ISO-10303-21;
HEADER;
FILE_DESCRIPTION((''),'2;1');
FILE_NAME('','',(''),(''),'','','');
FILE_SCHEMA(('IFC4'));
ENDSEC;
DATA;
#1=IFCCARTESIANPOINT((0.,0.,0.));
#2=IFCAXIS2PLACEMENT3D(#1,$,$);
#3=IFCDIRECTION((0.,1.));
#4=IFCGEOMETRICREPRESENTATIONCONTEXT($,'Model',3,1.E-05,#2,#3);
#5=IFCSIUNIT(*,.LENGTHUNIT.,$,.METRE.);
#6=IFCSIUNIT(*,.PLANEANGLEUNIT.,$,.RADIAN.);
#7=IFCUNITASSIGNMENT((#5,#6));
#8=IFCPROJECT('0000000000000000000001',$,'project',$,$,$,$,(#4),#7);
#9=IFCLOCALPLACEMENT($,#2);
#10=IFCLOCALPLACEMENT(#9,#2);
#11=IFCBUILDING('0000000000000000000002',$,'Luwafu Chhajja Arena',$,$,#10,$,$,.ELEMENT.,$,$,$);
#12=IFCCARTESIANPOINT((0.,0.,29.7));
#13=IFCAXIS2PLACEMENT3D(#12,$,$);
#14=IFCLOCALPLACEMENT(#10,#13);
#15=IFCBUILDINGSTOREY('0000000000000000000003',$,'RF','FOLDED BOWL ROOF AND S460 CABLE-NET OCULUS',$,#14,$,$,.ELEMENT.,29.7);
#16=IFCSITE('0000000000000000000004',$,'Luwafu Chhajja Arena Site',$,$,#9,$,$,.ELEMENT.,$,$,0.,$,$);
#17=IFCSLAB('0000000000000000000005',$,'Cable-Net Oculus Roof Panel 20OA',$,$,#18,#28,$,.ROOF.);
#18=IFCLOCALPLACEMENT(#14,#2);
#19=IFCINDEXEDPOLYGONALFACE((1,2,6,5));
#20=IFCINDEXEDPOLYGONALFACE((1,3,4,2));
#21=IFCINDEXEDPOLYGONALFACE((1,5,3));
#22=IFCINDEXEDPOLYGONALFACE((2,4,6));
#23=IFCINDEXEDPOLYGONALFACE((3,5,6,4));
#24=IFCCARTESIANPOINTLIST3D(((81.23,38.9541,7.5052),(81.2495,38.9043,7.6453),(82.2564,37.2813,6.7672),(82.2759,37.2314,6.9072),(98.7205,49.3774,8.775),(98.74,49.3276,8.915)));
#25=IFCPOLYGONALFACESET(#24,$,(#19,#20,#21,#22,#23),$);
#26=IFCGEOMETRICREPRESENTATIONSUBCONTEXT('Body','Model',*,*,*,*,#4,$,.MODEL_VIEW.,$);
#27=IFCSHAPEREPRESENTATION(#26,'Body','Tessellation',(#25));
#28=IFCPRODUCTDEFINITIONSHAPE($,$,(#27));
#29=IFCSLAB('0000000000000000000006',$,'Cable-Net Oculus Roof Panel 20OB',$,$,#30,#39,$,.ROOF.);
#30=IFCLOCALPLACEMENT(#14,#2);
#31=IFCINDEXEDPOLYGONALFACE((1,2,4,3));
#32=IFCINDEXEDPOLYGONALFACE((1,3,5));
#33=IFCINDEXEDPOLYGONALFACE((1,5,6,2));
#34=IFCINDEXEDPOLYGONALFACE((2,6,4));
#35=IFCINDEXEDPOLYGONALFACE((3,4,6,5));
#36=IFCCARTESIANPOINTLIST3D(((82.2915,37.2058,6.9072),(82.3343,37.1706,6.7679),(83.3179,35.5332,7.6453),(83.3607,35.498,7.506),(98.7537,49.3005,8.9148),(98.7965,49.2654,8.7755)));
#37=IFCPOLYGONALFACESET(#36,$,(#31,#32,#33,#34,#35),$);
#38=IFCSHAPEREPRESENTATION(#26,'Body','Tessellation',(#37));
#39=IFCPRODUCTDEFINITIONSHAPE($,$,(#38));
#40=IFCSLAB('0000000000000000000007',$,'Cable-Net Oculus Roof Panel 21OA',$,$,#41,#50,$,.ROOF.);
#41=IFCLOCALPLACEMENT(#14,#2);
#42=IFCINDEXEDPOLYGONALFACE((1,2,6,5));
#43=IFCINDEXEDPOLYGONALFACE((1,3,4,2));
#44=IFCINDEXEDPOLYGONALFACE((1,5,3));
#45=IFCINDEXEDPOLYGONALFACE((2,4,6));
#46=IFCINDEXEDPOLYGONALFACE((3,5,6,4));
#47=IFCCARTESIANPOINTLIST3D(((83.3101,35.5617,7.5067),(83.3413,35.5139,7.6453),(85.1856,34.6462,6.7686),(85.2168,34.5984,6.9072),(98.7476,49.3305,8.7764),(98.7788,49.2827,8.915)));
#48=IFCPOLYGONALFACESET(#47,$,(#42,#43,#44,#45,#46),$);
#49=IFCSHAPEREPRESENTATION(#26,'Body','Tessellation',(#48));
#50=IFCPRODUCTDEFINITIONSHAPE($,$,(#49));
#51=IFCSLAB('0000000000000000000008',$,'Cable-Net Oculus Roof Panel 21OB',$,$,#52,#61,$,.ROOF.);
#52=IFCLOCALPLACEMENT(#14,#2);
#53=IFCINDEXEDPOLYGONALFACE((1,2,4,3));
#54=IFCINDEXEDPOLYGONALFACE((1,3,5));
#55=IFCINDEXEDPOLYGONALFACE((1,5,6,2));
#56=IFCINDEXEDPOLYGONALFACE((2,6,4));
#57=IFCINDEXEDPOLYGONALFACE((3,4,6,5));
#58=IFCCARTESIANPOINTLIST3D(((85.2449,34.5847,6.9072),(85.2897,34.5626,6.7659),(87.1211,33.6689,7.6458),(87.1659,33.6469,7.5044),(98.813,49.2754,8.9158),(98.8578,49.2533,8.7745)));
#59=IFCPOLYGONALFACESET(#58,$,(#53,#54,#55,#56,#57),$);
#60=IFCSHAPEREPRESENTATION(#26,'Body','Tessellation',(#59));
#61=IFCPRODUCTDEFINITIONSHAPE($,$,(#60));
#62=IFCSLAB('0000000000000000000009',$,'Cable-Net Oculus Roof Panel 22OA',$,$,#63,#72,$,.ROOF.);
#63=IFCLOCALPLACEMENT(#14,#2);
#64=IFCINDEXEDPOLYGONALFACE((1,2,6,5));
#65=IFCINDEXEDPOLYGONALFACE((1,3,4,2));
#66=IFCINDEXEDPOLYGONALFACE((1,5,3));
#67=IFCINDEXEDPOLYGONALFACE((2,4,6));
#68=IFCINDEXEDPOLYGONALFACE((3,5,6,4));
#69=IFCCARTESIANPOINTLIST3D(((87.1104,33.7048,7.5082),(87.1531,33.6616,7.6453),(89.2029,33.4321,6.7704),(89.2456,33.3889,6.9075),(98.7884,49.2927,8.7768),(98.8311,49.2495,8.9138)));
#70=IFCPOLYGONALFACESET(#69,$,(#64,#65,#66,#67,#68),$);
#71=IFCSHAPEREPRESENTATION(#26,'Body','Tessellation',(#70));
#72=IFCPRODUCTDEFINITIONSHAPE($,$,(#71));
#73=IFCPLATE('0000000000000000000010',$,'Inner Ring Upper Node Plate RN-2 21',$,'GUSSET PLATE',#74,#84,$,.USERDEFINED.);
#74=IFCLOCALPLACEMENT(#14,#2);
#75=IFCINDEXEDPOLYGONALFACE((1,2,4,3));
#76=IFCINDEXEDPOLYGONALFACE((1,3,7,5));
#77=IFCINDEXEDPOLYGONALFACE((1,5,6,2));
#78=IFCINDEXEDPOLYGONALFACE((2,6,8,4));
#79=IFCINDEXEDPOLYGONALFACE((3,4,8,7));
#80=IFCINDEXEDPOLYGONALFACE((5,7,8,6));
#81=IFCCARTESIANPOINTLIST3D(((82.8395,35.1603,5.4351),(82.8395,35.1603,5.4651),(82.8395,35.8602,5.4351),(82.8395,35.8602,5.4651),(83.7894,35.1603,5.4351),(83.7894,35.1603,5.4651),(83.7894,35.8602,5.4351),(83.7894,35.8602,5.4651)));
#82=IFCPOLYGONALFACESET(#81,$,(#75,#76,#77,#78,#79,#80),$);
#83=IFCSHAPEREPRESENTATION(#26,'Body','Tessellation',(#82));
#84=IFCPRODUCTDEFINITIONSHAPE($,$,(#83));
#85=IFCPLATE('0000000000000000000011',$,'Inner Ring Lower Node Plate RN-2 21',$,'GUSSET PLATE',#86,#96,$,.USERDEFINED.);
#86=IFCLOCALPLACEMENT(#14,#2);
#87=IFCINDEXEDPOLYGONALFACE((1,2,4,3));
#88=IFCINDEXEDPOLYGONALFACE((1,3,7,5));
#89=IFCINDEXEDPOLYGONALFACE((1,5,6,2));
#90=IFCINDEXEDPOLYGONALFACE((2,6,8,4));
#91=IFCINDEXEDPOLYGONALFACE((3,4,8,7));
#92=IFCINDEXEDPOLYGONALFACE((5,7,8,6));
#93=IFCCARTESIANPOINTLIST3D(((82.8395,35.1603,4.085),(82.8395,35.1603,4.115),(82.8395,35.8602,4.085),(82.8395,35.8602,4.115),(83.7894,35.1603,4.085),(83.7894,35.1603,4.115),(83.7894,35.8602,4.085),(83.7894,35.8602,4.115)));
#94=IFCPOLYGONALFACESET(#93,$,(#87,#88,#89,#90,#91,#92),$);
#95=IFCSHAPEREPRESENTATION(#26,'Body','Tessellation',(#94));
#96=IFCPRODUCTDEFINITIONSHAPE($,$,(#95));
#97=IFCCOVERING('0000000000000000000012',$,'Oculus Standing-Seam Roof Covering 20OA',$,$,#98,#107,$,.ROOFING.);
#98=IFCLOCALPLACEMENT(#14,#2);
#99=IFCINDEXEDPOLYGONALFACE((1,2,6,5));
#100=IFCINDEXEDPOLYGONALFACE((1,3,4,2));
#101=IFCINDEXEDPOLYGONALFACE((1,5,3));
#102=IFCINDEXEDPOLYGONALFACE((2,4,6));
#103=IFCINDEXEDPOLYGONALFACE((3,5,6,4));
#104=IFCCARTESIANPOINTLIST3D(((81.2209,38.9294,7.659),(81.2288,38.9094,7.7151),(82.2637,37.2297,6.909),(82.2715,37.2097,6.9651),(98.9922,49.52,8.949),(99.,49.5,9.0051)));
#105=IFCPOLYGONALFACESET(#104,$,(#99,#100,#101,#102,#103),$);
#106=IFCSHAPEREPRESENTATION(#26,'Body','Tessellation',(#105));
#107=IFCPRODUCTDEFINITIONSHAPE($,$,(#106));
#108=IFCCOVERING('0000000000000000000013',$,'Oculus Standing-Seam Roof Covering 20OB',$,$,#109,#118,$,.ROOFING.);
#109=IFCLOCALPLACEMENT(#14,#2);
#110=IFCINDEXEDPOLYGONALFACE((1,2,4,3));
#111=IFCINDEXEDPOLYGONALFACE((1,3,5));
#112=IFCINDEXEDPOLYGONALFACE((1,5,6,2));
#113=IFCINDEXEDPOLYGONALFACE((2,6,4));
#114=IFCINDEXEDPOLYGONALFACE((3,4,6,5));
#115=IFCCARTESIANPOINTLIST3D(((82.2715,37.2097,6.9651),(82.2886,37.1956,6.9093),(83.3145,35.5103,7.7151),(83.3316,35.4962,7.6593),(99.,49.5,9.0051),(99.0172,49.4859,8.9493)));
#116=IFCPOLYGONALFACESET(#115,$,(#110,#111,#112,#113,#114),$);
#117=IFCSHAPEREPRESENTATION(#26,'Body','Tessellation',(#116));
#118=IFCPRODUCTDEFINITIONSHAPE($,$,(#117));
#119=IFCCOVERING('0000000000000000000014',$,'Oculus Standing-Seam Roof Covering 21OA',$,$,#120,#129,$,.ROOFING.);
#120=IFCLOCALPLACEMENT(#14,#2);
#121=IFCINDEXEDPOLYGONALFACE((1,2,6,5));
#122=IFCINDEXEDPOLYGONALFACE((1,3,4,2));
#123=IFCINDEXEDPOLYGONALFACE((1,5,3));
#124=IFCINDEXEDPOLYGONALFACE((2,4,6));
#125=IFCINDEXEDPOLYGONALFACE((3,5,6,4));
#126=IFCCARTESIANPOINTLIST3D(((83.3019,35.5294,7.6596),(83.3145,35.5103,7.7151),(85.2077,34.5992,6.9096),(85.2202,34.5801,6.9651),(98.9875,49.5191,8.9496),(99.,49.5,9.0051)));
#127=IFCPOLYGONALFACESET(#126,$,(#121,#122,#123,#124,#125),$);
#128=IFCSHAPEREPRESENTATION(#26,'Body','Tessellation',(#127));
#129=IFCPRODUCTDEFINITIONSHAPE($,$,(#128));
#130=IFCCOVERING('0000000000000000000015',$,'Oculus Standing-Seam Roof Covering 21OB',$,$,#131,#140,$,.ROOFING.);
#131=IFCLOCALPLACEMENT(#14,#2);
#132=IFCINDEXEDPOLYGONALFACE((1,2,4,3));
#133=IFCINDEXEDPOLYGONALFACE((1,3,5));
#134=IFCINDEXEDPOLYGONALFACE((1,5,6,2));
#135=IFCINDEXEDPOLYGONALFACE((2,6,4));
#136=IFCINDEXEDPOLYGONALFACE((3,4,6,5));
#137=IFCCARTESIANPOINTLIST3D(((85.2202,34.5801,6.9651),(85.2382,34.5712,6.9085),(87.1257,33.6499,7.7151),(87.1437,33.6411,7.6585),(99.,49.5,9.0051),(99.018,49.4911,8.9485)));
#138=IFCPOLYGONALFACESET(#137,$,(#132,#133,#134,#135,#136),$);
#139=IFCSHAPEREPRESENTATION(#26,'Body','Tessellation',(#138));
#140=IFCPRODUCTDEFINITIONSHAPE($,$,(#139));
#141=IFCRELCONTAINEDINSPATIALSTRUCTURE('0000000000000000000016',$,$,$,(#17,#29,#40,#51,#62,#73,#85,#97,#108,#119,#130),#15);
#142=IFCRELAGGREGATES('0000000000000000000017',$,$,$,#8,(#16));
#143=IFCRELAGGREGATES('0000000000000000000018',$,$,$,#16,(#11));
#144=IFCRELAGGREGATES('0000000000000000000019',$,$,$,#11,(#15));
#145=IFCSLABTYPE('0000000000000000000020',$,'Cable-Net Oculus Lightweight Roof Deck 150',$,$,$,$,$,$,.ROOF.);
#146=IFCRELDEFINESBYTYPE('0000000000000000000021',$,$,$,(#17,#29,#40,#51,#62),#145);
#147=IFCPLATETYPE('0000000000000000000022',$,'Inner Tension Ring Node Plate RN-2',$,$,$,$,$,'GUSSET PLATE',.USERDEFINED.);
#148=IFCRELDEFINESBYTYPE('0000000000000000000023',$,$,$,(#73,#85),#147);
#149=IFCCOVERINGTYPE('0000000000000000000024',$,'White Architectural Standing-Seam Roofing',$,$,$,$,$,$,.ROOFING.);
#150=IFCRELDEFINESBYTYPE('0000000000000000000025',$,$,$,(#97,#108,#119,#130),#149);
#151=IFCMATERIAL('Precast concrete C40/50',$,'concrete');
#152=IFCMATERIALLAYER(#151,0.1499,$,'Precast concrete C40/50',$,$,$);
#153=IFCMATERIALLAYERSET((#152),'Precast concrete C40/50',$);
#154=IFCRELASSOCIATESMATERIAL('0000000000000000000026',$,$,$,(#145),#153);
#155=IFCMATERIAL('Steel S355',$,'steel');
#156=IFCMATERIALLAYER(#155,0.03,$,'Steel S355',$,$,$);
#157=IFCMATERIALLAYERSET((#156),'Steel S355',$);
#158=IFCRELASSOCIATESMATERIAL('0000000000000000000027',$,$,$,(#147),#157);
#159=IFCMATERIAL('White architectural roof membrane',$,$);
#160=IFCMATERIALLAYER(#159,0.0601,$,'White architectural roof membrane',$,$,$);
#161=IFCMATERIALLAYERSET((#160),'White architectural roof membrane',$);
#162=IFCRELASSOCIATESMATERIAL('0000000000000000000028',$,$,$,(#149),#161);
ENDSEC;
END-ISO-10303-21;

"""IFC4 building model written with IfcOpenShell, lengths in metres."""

from ifc_helpers import new_model, si_unit, direction, frame, origin, origin_2d, place, context, subcontext, project, spatial, polyline, rectangle, outline, extrude, material, layer, layer_set, type_object, element, save


model = new_model("IFC4")

# Units and contexts
model_context = context("Model", 3, precision=1e-05, world=origin(), true_north=direction((0.0, 1.0)))
body_context = subcontext(model_context, "Body", "Model", "MODEL_VIEW")
ifc_project = project(units=[si_unit("LENGTHUNIT", "METRE"), si_unit("PLANEANGLEUNIT", "RADIAN")], contexts=[model_context])

# Site, building, storey
site_placement = place(None, origin())
site = spatial("IfcSite", under=ifc_project, at=site_placement, Name="Luwafu Chhajja Arena Site", CompositionType="ELEMENT", RefElevation=0.0)
building_placement = place(site_placement, origin())
building = spatial("IfcBuilding", under=site, at=building_placement, Name="Luwafu Chhajja Arena", CompositionType="ELEMENT")
storey_placement = place(building_placement, frame((0.0, 0.0, 29.7)))
storey = spatial("IfcBuildingStorey", under=building, at=storey_placement, Name="RF", Description="FOLDED BOWL ROOF AND S460 CABLE-NET OCULUS", CompositionType="ELEMENT", Elevation=29.7)

# Shared definitions
ifc_material_1 = material(Name="Steel S355", Category="steel")

# Slabs
ifc_material_2 = material(Name="Precast concrete C40/50", Category="concrete")
ifc_layer_1 = layer(ifc_material_2, 0.1499, Name="Precast concrete C40/50")
ifc_layer_set_1 = layer_set([ifc_layer_1], Name="Precast concrete C40/50")
slab_type = type_object("IfcSlabType", Name="Cable-Net Oculus Lightweight Roof Deck 150", PredefinedType="ROOF", material=ifc_layer_set_1)
slab_1_placement = place(storey_placement, frame((81.2495, 38.9043, 7.6453), z_axis=(0.13019, -0.33226, 0.934159), x_axis=(0.857361, 0.510939, 0.062243)))
element("IfcSlab", 1, at=slab_1_placement, inside=storey, type_object=slab_type, Name="Cable-Net Oculus Roof Panel 20OA", PredefinedType="ROOF", context=body_context, shape_type="SweptSolid", body=[
    extrude(outline(polyline([(0.0, 0.0), (20.4004, 0.0), (-0.0207, -2.0967), (0.0, 0.0)])), origin(), (0.0, 0.0, -1.0), 0.1499),
])
slab_2_placement = place(storey_placement, frame((82.2915, 37.2058, 6.9072), z_axis=(-0.285713, 0.23466, 0.929141), x_axis=(0.802016, 0.58924, 0.097806)))
element("IfcSlab", 2, at=slab_2_placement, inside=storey, type_object=slab_type, Name="Cable-Net Oculus Roof Panel 20OB", PredefinedType="ROOF", context=body_context, shape_type="SweptSolid", body=[
    extrude(outline(polyline([(0.0, 0.0), (20.526, 0.0), (-0.0902, -2.0947), (0.0, 0.0)])), origin(), (0.0, 0.0, -1.0), 0.1499),
])
slab_3_placement = place(storey_placement, frame((83.3413, 35.5139, 7.6453), z_axis=(0.208261, -0.318775, 0.924667), x_axis=(0.744888, 0.66437, 0.061269)))
element("IfcSlab", 3, at=slab_3_placement, inside=storey, type_object=slab_type, Name="Cable-Net Oculus Roof Panel 21OA", PredefinedType="ROOF", context=body_context, shape_type="SweptSolid", body=[
    extrude(outline(polyline([(0.0, 0.0), (20.7246, 0.0), (0.7436, -2.0851), (0.0, 0.0)])), origin(), (0.0, 0.0, -1.0), 0.1499),
])
slab_4_placement = place(storey_placement, frame((85.2449, 34.5847, 6.9072), z_axis=(-0.299148, 0.147394, 0.942754), x_axis=(0.675086, 0.730939, 0.099936)))
element("IfcSlab", 4, at=slab_4_placement, inside=storey, type_object=slab_type, Name="Cable-Net Oculus Roof Panel 21OB", PredefinedType="ROOF", context=body_context, shape_type="SweptSolid", body=[
    extrude(outline(polyline([(0.0, 0.0), (20.0984, 0.0), (0.671, -2.1104), (0.0, 0.0)])), origin(), (0.0, 0.0, -1.0), 0.1499),
])
slab_5_placement = place(storey_placement, frame((87.1531, 33.6616, 7.6453), z_axis=(0.284869, -0.287825, 0.914334), x_axis=(0.598307, 0.798627, 0.064993)))
element("IfcSlab", 5, at=slab_5_placement, inside=storey, type_object=slab_type, Name="Cable-Net Oculus Roof Panel 22OA", PredefinedType="ROOF", context=body_context, shape_type="SweptSolid", body=[
    extrude(outline(polyline([(0.0, 0.0), (19.5184, 0.0), (0.9862, -2.0062), (0.0, 0.0)])), origin(), (0.0, 0.0, -1.0), 0.1499),
])

# Plates
ifc_layer_2 = layer(ifc_material_1, 0.03, Name="Steel S355")
ifc_layer_set_2 = layer_set([ifc_layer_2], Name="Steel S355")
plate_type_1 = type_object("IfcPlateType", Name="Inner Tension Ring Node Plate RN-2", ElementType="GUSSET PLATE", PredefinedType="USERDEFINED", material=ifc_layer_set_2)
for number, where, z_axis, x_axis, name in (
    (6, (83.3145, 35.5103, 5.4351), (0.0, 0.0, 1.0), (1.0, 0.0, 0.0), "Inner Ring Upper Node Plate RN-2 21"),
    (7, (83.3145, 35.5103, 4.085), (0.0, 0.0, 1.0), (1.0, 0.0, 0.0), "Inner Ring Lower Node Plate RN-2 21"),
):
    element("IfcPlate", number, at=place(storey_placement, frame(where, z_axis=z_axis, x_axis=x_axis)), inside=storey, type_object=plate_type_1, Name=name, ObjectType="GUSSET PLATE", PredefinedType="USERDEFINED", context=body_context, shape_type="SweptSolid", body=[
        extrude(rectangle(XDim=0.95, YDim=0.7, at=origin_2d()), origin(), (0.0, 0.0, 1.0), 0.03),
    ])

# Coverings
ifc_material_3 = material(Name="White architectural roof membrane")
ifc_layer_3 = layer(ifc_material_3, 0.0601, Name="White architectural roof membrane")
ifc_layer_set_3 = layer_set([ifc_layer_3], Name="White architectural roof membrane")
covering_type = type_object("IfcCoveringType", Name="White Architectural Standing-Seam Roofing", PredefinedType="ROOFING", material=ifc_layer_set_3)
covering_1_placement = place(storey_placement, frame((81.2288, 38.9094, 7.7151), z_axis=(0.130222, -0.332304, 0.934139), x_axis=(0.489441, -0.797819, -0.35204)))
element("IfcCovering", 8, at=covering_1_placement, inside=storey, type_object=covering_type, Name="Oculus Standing-Seam Roof Covering 20OA", PredefinedType="ROOFING", context=body_context, shape_type="SweptSolid", body=[
    extrude(outline(polyline([(0.0, 0.0), (2.1304, 0.0), (-0.2055, 20.7268), (0.0, 0.0)])), origin(), (0.0, 0.0, -1.0), 0.0601),
])
covering_2_placement = place(storey_placement, frame((82.2715, 37.2097, 6.9651), z_axis=(-0.285729, 0.234686, 0.929129), x_axis=(0.489573, -0.797733, 0.352052)))
element("IfcCovering", 9, at=covering_2_placement, inside=storey, type_object=covering_type, Name="Oculus Standing-Seam Roof Covering 20OB", PredefinedType="ROOFING", context=body_context, shape_type="SweptSolid", body=[
    extrude(outline(polyline([(0.0, 0.0), (2.1304, 0.0), (-0.8963, 20.8387), (0.0, 0.0)])), origin(), (0.0, 0.0, -1.0), 0.0601),
])
covering_3_placement = place(storey_placement, frame((83.3145, 35.5103, 7.7151), z_axis=(0.208288, -0.318801, 0.924652), x_axis=(0.847243, -0.413528, -0.333427)))
element("IfcCovering", 10, at=covering_3_placement, inside=storey, type_object=covering_type, Name="Oculus Standing-Seam Roof Covering 21OA", PredefinedType="ROOFING", context=body_context, shape_type="SweptSolid", body=[
    extrude(outline(polyline([(0.0, 0.0), (2.2494, 0.0), (7.0742, 19.8335), (0.0, 0.0)])), origin(), (0.0, 0.0, -1.0), 0.0601),
])
covering_4_placement = place(storey_placement, frame((85.2202, 34.5801, 6.9651), z_axis=(-0.29913, 0.147365, 0.942764), x_axis=(0.847213, -0.413566, 0.333458)))
element("IfcCovering", 11, at=covering_4_placement, inside=storey, type_object=covering_type, Name="Oculus Standing-Seam Roof Covering 21OB", PredefinedType="ROOFING", context=body_context, shape_type="SweptSolid", body=[
    extrude(outline(polyline([(0.0, 0.0), (2.2492, 0.0), (6.1843, 19.4526), (0.0, 0.0)])), origin(), (0.0, 0.0, -1.0), 0.0601),
])

save(model, "model.ifc")
